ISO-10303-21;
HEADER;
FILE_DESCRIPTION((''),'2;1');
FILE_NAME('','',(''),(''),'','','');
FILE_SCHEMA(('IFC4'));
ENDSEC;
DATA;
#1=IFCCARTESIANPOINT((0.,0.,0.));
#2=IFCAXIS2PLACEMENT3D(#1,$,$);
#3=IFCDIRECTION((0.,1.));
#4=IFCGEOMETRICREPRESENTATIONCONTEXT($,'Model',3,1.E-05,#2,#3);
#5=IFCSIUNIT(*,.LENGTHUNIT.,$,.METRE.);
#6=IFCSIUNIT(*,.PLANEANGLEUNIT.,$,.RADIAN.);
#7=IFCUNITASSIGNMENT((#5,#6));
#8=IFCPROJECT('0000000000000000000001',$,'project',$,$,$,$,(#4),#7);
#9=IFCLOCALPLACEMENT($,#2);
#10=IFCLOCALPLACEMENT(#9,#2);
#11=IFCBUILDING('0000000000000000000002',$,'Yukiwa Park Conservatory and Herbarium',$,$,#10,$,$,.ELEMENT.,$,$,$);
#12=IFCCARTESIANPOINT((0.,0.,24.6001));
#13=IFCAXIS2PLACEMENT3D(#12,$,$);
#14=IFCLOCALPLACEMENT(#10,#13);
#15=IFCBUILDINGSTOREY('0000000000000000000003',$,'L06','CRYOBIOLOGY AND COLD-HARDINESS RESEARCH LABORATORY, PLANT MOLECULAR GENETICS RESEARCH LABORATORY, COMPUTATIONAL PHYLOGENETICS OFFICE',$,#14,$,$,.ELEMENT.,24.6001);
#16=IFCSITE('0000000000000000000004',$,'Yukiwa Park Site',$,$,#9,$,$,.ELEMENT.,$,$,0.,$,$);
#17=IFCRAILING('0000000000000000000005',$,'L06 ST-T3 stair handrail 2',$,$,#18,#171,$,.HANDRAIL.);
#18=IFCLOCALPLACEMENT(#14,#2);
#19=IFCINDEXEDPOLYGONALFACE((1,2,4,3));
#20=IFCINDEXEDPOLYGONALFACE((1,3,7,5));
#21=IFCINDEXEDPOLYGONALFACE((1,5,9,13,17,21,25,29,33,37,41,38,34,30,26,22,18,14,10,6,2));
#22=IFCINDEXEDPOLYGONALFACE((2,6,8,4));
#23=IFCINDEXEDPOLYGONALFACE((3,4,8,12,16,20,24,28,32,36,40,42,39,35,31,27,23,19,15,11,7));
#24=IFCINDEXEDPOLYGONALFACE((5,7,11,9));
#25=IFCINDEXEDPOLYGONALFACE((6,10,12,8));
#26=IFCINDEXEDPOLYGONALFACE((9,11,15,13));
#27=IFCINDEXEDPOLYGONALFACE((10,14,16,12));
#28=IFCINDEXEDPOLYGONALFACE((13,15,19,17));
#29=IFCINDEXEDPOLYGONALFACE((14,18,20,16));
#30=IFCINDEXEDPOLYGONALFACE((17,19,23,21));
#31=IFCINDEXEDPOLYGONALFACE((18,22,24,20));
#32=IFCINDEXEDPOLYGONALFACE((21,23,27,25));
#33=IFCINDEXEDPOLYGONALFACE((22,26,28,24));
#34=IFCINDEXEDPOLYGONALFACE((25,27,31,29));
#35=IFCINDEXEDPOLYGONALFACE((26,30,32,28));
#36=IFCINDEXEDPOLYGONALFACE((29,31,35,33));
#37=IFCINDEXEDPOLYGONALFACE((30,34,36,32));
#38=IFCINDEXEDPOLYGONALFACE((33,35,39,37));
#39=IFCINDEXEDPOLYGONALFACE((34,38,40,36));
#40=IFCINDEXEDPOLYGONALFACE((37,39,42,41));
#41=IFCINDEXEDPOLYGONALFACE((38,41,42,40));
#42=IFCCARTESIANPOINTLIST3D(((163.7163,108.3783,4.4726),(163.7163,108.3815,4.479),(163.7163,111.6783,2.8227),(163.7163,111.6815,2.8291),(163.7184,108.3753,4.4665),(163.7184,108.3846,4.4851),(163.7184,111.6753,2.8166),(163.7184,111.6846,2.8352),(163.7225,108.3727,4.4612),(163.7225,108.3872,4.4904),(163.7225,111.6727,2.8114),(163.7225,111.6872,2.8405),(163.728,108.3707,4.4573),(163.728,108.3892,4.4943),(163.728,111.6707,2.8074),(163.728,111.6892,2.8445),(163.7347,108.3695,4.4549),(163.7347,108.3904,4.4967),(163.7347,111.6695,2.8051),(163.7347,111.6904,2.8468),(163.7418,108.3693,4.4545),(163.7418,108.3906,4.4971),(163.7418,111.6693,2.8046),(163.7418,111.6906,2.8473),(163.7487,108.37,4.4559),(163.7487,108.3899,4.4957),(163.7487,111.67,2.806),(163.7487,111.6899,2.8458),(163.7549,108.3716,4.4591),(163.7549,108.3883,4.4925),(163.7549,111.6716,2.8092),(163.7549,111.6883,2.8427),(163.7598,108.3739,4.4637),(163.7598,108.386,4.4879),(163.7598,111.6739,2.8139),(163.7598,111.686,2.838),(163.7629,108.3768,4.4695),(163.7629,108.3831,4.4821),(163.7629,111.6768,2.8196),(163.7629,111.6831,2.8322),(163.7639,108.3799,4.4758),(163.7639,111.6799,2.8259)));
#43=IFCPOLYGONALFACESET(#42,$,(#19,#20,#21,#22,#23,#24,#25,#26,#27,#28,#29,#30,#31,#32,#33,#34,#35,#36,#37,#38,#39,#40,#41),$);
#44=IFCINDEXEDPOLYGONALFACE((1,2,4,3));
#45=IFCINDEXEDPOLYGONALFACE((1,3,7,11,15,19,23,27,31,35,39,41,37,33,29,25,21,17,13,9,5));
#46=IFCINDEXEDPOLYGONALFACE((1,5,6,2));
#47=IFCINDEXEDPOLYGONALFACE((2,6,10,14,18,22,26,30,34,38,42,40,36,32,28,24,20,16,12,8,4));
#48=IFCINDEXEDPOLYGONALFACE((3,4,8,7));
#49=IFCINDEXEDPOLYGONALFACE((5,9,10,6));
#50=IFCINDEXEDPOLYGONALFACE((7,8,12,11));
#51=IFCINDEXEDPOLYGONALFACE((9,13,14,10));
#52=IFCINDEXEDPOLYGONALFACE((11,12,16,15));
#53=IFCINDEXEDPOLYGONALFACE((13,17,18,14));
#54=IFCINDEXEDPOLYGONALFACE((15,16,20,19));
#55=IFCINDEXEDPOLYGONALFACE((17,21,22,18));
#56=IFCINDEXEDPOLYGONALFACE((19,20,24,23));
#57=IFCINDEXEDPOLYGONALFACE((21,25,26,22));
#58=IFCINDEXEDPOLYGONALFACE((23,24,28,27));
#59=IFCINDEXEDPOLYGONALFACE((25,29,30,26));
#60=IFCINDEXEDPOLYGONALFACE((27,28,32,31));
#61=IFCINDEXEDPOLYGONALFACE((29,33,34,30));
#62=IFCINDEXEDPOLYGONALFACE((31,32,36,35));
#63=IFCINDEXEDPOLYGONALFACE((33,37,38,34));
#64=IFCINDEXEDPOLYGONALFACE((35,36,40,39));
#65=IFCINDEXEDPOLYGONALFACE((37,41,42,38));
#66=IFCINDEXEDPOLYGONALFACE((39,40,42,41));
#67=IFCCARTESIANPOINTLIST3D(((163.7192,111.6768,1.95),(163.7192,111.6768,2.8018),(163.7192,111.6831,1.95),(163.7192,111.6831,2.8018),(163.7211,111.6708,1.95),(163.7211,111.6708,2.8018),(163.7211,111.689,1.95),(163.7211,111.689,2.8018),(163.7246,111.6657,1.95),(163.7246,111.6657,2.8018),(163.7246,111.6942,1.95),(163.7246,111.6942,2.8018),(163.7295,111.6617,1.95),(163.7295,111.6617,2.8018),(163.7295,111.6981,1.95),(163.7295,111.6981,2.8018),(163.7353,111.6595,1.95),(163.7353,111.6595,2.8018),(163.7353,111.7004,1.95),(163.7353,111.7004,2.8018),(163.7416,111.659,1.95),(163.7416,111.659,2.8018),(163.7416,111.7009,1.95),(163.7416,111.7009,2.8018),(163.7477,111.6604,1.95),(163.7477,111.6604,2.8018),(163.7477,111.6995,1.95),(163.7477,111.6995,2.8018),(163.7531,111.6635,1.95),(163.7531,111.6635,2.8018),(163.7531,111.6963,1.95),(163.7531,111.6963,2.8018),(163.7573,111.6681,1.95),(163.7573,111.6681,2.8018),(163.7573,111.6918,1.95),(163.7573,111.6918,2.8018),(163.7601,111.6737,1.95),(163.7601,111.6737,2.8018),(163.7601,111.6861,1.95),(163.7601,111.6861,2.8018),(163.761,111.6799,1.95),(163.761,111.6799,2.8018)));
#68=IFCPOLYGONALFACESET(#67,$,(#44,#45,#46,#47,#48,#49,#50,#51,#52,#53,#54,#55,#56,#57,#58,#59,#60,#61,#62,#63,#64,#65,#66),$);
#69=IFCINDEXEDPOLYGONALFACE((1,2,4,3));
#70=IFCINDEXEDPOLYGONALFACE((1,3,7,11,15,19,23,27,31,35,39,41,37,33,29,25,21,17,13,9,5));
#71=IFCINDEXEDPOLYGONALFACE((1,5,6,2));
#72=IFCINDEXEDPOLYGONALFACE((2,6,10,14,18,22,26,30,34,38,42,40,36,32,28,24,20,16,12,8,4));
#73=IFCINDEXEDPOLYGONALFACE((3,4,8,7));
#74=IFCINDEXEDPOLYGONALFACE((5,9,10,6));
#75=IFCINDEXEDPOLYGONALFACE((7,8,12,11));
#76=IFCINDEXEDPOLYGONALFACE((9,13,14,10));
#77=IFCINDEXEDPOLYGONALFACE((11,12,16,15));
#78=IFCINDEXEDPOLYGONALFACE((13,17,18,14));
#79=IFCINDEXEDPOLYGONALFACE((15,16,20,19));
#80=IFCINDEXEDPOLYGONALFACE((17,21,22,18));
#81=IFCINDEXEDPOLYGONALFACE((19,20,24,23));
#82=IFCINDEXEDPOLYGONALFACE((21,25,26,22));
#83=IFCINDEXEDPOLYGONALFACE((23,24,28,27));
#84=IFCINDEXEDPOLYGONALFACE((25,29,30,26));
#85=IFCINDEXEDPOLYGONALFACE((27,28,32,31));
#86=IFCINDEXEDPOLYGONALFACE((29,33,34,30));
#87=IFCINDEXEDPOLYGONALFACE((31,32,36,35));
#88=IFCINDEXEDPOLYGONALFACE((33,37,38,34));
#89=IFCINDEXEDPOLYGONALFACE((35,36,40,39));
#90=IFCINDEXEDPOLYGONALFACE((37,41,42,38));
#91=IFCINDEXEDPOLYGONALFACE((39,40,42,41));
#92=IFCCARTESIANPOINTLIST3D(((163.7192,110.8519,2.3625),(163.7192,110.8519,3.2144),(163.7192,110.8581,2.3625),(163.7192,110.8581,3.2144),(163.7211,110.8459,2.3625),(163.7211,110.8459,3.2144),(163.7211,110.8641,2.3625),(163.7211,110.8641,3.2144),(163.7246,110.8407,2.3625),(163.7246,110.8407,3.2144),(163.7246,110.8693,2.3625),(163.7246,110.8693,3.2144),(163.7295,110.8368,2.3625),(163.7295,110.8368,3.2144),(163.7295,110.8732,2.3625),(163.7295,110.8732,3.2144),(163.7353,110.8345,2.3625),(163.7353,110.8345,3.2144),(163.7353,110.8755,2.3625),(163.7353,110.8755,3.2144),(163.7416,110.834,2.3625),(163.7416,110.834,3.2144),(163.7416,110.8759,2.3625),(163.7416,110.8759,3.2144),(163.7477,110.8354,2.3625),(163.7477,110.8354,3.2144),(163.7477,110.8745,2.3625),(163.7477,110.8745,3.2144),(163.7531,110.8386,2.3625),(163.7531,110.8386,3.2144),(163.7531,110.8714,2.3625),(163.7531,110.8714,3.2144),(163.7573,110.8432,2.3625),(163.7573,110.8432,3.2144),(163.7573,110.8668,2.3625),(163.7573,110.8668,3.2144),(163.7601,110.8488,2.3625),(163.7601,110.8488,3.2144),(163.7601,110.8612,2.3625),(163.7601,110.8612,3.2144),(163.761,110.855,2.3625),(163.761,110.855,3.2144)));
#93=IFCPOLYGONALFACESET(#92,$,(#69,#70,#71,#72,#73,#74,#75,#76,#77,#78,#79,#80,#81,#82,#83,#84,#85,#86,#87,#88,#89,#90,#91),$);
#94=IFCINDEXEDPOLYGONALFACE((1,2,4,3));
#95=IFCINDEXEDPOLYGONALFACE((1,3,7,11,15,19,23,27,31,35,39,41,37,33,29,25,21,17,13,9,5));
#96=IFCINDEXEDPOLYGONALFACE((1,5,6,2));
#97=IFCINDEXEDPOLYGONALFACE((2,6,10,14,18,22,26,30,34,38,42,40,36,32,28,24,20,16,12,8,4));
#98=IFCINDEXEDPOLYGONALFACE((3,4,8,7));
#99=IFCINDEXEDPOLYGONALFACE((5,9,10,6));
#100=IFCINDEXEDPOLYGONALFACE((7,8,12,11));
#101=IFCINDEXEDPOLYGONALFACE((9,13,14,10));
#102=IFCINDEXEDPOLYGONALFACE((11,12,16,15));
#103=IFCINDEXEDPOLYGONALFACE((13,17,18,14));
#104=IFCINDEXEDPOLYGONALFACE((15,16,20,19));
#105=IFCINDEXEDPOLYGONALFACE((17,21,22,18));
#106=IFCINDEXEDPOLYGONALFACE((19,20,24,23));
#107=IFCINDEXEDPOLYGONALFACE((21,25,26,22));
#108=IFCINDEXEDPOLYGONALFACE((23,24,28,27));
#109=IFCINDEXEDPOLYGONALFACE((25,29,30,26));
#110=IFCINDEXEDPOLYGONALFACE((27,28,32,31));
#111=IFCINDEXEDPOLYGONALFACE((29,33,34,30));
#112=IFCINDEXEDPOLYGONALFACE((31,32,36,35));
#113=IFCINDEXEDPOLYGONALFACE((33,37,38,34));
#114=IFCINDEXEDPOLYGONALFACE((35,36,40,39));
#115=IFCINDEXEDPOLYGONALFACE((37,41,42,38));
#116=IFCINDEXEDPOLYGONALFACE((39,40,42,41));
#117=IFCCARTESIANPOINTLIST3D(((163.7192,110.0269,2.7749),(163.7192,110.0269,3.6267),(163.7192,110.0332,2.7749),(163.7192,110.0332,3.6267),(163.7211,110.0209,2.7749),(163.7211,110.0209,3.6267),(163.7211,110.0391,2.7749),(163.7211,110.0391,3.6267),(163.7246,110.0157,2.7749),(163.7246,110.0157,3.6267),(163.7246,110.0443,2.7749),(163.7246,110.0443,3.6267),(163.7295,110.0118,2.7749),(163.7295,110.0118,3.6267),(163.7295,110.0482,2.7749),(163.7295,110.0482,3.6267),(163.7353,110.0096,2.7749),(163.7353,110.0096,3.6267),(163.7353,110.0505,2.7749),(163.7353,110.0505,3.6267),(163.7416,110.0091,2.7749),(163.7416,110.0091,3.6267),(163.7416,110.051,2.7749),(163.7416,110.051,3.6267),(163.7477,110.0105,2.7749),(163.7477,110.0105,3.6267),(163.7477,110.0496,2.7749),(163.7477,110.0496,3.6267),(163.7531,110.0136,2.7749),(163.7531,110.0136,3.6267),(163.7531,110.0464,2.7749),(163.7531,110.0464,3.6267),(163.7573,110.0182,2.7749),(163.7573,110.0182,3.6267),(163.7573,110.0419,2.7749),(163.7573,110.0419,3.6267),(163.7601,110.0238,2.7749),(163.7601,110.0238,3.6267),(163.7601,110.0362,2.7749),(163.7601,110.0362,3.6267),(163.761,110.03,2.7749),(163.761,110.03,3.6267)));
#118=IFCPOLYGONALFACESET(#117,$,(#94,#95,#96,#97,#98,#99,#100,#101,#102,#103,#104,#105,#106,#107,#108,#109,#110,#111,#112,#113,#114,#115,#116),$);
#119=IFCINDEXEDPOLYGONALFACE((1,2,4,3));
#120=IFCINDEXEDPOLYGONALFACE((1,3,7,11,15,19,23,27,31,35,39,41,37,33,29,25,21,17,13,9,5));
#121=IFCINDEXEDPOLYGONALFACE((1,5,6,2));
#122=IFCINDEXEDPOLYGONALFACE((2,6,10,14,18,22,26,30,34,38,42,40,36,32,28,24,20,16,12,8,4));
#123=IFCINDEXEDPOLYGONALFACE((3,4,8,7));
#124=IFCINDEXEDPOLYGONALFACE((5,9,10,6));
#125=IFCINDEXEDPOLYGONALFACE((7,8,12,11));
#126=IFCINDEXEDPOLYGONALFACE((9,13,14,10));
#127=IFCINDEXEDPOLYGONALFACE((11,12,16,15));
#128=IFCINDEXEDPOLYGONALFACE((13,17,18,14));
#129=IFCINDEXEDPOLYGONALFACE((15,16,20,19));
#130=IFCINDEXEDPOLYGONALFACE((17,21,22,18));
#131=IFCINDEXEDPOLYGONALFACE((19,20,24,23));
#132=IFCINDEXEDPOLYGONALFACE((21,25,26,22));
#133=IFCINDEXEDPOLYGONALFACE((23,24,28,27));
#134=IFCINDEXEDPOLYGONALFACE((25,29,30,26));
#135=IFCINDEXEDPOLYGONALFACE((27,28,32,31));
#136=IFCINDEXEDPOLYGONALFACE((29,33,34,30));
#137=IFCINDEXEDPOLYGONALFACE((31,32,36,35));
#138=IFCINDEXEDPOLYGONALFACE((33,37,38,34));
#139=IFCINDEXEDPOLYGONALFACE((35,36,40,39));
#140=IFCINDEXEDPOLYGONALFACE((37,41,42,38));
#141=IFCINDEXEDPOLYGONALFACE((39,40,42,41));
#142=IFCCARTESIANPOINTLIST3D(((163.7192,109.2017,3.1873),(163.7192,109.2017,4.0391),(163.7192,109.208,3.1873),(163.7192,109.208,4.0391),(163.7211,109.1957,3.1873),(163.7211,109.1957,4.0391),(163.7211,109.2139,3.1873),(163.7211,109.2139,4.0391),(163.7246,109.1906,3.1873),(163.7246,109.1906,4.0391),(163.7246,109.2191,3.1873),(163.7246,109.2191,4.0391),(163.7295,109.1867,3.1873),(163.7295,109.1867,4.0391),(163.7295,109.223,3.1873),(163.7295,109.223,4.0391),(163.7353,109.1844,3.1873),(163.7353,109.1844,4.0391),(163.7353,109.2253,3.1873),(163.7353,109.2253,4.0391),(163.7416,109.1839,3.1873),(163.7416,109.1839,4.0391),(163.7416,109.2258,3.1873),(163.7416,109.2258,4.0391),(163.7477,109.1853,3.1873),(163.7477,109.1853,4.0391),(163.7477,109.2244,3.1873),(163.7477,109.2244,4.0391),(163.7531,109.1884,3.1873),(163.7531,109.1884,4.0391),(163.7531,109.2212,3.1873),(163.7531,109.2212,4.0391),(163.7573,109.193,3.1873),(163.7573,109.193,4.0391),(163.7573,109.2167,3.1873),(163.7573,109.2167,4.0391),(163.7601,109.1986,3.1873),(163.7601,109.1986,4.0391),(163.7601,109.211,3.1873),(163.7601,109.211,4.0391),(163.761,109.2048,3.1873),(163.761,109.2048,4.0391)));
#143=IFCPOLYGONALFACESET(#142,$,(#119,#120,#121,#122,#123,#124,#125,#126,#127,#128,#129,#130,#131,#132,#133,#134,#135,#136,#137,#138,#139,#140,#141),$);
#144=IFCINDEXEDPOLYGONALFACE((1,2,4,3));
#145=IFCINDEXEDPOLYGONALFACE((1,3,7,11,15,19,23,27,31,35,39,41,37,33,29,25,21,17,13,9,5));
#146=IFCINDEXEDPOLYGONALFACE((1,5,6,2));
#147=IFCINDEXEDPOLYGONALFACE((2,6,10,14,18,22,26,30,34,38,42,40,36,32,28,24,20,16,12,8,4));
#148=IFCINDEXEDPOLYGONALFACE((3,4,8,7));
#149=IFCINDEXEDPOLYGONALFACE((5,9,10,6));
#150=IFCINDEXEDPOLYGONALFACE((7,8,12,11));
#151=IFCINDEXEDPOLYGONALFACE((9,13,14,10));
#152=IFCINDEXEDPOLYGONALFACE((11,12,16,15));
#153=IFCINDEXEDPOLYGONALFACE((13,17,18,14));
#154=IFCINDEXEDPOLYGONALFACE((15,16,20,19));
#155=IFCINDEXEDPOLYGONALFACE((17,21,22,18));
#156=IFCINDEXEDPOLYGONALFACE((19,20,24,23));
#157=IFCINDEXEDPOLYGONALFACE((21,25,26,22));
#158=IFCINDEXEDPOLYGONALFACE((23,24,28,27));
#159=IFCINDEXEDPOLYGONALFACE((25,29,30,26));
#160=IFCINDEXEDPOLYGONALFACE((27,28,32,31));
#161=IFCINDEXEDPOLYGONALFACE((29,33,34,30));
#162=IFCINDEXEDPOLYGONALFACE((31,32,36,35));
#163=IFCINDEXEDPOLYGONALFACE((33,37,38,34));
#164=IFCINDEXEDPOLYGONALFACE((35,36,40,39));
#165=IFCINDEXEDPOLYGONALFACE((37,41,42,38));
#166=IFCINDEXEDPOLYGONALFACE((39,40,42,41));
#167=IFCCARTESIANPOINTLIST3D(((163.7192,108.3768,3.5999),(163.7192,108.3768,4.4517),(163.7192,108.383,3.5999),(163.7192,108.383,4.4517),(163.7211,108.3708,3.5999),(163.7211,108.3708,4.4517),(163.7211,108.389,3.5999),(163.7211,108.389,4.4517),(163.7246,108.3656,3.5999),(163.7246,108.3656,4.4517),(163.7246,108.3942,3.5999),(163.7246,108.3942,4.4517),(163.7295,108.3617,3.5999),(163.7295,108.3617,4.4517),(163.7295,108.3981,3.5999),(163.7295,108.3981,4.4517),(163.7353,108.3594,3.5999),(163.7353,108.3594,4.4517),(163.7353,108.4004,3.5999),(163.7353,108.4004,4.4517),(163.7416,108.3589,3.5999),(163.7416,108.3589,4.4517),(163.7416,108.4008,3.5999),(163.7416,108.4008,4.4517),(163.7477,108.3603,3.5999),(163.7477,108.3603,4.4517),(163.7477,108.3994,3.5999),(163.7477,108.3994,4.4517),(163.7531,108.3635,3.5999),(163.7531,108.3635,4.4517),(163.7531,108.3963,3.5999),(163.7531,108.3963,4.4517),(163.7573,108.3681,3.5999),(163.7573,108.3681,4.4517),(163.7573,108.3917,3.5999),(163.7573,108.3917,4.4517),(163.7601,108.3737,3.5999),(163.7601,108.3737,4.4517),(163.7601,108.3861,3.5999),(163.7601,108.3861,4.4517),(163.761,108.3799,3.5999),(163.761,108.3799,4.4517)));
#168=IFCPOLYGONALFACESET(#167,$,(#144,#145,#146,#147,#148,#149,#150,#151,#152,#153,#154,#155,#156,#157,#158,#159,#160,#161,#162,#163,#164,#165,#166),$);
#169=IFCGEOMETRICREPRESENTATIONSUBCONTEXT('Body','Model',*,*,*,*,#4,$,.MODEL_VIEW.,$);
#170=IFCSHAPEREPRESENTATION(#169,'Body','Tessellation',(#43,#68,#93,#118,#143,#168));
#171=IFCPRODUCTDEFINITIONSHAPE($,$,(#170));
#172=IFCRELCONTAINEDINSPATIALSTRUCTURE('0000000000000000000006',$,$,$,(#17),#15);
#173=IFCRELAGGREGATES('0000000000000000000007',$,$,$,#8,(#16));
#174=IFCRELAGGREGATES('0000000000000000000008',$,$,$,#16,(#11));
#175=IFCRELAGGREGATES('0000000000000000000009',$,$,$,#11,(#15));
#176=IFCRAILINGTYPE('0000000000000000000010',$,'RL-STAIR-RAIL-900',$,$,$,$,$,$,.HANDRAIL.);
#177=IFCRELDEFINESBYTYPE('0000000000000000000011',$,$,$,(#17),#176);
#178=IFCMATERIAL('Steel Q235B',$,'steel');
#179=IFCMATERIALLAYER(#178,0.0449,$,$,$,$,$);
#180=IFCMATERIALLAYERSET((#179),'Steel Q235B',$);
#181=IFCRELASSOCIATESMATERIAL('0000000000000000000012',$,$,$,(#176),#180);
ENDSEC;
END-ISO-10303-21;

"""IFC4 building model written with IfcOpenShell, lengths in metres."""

from ifc_helpers import new_model, si_unit, direction, frame, origin, origin_2d, place, context, subcontext, project, spatial, circle, extrude, material, layer, layer_set, type_object, element, save


model = new_model("IFC4")

# Units and contexts
model_context = context("Model", 3, precision=1e-05, world=origin(), true_north=direction((0.0, 1.0)))
body_context = subcontext(model_context, "Body", "Model", "MODEL_VIEW")
ifc_project = project(units=[si_unit("LENGTHUNIT", "METRE"), si_unit("PLANEANGLEUNIT", "RADIAN")], contexts=[model_context])

# Site, building, storey
site_placement = place(None, origin())
site = spatial("IfcSite", under=ifc_project, at=site_placement, Name="Yukiwa Park Site", CompositionType="ELEMENT", RefElevation=0.0)
building_placement = place(site_placement, origin())
building = spatial("IfcBuilding", under=site, at=building_placement, Name="Yukiwa Park Conservatory and Herbarium", CompositionType="ELEMENT")
storey_placement = place(building_placement, frame((0.0, 0.0, 24.6001)))
storey = spatial("IfcBuildingStorey", under=building, at=storey_placement, Name="L06", Description="CRYOBIOLOGY AND COLD-HARDINESS RESEARCH LABORATORY, PLANT MOLECULAR GENETICS RESEARCH LABORATORY, COMPUTATIONAL PHYLOGENETICS OFFICE", CompositionType="ELEMENT", Elevation=24.6001)

# Railing
ifc_material_1 = material(Name="Steel Q235B", Category="steel")
ifc_layer_1 = layer(ifc_material_1, 0.0449)
ifc_layer_set_1 = layer_set([ifc_layer_1], Name="Steel Q235B")
railing_type_1 = type_object("IfcRailingType", Name="RL-STAIR-RAIL-900", PredefinedType="HANDRAIL", material=ifc_layer_set_1)
railing_1_placement = place(storey_placement, frame((163.74, 111.6799, 1.95)))
element("IfcRailing", 1, at=railing_1_placement, inside=storey, type_object=railing_type_1, Name="L06 ST-T3 stair handrail 2", PredefinedType="HANDRAIL", context=body_context, shape_type="SweptSolid", body=[
    extrude(circle(Radius=0.0239, at=origin_2d()), frame((0.0, 0.0, 0.876), z_axis=(0.0, -0.89444, 0.447187), x_axis=(1.0, 0.0, 0.0)), (0.0, 0.0, 1.0), 3.6895),
    extrude(circle(Radius=0.021, at=origin_2d()), origin(), (0.0, 0.0, 1.0), 0.8518),
    extrude(circle(Radius=0.021, at=origin_2d()), frame((0.0, -0.825, 0.4126)), (0.0, 0.0, 1.0), 0.8518),
    extrude(circle(Radius=0.021, at=origin_2d()), frame((0.0, -1.6499, 0.825)), (0.0, 0.0, 1.0), 0.8518),
    extrude(circle(Radius=0.021, at=origin_2d()), frame((0.0, -2.4751, 1.2373)), (0.0, 0.0, 1.0), 0.8518),
    extrude(circle(Radius=0.021, at=origin_2d()), frame((0.0, -3.3, 1.6499)), (0.0, 0.0, 1.0), 0.8518),
])

save(model, "model.ifc")
